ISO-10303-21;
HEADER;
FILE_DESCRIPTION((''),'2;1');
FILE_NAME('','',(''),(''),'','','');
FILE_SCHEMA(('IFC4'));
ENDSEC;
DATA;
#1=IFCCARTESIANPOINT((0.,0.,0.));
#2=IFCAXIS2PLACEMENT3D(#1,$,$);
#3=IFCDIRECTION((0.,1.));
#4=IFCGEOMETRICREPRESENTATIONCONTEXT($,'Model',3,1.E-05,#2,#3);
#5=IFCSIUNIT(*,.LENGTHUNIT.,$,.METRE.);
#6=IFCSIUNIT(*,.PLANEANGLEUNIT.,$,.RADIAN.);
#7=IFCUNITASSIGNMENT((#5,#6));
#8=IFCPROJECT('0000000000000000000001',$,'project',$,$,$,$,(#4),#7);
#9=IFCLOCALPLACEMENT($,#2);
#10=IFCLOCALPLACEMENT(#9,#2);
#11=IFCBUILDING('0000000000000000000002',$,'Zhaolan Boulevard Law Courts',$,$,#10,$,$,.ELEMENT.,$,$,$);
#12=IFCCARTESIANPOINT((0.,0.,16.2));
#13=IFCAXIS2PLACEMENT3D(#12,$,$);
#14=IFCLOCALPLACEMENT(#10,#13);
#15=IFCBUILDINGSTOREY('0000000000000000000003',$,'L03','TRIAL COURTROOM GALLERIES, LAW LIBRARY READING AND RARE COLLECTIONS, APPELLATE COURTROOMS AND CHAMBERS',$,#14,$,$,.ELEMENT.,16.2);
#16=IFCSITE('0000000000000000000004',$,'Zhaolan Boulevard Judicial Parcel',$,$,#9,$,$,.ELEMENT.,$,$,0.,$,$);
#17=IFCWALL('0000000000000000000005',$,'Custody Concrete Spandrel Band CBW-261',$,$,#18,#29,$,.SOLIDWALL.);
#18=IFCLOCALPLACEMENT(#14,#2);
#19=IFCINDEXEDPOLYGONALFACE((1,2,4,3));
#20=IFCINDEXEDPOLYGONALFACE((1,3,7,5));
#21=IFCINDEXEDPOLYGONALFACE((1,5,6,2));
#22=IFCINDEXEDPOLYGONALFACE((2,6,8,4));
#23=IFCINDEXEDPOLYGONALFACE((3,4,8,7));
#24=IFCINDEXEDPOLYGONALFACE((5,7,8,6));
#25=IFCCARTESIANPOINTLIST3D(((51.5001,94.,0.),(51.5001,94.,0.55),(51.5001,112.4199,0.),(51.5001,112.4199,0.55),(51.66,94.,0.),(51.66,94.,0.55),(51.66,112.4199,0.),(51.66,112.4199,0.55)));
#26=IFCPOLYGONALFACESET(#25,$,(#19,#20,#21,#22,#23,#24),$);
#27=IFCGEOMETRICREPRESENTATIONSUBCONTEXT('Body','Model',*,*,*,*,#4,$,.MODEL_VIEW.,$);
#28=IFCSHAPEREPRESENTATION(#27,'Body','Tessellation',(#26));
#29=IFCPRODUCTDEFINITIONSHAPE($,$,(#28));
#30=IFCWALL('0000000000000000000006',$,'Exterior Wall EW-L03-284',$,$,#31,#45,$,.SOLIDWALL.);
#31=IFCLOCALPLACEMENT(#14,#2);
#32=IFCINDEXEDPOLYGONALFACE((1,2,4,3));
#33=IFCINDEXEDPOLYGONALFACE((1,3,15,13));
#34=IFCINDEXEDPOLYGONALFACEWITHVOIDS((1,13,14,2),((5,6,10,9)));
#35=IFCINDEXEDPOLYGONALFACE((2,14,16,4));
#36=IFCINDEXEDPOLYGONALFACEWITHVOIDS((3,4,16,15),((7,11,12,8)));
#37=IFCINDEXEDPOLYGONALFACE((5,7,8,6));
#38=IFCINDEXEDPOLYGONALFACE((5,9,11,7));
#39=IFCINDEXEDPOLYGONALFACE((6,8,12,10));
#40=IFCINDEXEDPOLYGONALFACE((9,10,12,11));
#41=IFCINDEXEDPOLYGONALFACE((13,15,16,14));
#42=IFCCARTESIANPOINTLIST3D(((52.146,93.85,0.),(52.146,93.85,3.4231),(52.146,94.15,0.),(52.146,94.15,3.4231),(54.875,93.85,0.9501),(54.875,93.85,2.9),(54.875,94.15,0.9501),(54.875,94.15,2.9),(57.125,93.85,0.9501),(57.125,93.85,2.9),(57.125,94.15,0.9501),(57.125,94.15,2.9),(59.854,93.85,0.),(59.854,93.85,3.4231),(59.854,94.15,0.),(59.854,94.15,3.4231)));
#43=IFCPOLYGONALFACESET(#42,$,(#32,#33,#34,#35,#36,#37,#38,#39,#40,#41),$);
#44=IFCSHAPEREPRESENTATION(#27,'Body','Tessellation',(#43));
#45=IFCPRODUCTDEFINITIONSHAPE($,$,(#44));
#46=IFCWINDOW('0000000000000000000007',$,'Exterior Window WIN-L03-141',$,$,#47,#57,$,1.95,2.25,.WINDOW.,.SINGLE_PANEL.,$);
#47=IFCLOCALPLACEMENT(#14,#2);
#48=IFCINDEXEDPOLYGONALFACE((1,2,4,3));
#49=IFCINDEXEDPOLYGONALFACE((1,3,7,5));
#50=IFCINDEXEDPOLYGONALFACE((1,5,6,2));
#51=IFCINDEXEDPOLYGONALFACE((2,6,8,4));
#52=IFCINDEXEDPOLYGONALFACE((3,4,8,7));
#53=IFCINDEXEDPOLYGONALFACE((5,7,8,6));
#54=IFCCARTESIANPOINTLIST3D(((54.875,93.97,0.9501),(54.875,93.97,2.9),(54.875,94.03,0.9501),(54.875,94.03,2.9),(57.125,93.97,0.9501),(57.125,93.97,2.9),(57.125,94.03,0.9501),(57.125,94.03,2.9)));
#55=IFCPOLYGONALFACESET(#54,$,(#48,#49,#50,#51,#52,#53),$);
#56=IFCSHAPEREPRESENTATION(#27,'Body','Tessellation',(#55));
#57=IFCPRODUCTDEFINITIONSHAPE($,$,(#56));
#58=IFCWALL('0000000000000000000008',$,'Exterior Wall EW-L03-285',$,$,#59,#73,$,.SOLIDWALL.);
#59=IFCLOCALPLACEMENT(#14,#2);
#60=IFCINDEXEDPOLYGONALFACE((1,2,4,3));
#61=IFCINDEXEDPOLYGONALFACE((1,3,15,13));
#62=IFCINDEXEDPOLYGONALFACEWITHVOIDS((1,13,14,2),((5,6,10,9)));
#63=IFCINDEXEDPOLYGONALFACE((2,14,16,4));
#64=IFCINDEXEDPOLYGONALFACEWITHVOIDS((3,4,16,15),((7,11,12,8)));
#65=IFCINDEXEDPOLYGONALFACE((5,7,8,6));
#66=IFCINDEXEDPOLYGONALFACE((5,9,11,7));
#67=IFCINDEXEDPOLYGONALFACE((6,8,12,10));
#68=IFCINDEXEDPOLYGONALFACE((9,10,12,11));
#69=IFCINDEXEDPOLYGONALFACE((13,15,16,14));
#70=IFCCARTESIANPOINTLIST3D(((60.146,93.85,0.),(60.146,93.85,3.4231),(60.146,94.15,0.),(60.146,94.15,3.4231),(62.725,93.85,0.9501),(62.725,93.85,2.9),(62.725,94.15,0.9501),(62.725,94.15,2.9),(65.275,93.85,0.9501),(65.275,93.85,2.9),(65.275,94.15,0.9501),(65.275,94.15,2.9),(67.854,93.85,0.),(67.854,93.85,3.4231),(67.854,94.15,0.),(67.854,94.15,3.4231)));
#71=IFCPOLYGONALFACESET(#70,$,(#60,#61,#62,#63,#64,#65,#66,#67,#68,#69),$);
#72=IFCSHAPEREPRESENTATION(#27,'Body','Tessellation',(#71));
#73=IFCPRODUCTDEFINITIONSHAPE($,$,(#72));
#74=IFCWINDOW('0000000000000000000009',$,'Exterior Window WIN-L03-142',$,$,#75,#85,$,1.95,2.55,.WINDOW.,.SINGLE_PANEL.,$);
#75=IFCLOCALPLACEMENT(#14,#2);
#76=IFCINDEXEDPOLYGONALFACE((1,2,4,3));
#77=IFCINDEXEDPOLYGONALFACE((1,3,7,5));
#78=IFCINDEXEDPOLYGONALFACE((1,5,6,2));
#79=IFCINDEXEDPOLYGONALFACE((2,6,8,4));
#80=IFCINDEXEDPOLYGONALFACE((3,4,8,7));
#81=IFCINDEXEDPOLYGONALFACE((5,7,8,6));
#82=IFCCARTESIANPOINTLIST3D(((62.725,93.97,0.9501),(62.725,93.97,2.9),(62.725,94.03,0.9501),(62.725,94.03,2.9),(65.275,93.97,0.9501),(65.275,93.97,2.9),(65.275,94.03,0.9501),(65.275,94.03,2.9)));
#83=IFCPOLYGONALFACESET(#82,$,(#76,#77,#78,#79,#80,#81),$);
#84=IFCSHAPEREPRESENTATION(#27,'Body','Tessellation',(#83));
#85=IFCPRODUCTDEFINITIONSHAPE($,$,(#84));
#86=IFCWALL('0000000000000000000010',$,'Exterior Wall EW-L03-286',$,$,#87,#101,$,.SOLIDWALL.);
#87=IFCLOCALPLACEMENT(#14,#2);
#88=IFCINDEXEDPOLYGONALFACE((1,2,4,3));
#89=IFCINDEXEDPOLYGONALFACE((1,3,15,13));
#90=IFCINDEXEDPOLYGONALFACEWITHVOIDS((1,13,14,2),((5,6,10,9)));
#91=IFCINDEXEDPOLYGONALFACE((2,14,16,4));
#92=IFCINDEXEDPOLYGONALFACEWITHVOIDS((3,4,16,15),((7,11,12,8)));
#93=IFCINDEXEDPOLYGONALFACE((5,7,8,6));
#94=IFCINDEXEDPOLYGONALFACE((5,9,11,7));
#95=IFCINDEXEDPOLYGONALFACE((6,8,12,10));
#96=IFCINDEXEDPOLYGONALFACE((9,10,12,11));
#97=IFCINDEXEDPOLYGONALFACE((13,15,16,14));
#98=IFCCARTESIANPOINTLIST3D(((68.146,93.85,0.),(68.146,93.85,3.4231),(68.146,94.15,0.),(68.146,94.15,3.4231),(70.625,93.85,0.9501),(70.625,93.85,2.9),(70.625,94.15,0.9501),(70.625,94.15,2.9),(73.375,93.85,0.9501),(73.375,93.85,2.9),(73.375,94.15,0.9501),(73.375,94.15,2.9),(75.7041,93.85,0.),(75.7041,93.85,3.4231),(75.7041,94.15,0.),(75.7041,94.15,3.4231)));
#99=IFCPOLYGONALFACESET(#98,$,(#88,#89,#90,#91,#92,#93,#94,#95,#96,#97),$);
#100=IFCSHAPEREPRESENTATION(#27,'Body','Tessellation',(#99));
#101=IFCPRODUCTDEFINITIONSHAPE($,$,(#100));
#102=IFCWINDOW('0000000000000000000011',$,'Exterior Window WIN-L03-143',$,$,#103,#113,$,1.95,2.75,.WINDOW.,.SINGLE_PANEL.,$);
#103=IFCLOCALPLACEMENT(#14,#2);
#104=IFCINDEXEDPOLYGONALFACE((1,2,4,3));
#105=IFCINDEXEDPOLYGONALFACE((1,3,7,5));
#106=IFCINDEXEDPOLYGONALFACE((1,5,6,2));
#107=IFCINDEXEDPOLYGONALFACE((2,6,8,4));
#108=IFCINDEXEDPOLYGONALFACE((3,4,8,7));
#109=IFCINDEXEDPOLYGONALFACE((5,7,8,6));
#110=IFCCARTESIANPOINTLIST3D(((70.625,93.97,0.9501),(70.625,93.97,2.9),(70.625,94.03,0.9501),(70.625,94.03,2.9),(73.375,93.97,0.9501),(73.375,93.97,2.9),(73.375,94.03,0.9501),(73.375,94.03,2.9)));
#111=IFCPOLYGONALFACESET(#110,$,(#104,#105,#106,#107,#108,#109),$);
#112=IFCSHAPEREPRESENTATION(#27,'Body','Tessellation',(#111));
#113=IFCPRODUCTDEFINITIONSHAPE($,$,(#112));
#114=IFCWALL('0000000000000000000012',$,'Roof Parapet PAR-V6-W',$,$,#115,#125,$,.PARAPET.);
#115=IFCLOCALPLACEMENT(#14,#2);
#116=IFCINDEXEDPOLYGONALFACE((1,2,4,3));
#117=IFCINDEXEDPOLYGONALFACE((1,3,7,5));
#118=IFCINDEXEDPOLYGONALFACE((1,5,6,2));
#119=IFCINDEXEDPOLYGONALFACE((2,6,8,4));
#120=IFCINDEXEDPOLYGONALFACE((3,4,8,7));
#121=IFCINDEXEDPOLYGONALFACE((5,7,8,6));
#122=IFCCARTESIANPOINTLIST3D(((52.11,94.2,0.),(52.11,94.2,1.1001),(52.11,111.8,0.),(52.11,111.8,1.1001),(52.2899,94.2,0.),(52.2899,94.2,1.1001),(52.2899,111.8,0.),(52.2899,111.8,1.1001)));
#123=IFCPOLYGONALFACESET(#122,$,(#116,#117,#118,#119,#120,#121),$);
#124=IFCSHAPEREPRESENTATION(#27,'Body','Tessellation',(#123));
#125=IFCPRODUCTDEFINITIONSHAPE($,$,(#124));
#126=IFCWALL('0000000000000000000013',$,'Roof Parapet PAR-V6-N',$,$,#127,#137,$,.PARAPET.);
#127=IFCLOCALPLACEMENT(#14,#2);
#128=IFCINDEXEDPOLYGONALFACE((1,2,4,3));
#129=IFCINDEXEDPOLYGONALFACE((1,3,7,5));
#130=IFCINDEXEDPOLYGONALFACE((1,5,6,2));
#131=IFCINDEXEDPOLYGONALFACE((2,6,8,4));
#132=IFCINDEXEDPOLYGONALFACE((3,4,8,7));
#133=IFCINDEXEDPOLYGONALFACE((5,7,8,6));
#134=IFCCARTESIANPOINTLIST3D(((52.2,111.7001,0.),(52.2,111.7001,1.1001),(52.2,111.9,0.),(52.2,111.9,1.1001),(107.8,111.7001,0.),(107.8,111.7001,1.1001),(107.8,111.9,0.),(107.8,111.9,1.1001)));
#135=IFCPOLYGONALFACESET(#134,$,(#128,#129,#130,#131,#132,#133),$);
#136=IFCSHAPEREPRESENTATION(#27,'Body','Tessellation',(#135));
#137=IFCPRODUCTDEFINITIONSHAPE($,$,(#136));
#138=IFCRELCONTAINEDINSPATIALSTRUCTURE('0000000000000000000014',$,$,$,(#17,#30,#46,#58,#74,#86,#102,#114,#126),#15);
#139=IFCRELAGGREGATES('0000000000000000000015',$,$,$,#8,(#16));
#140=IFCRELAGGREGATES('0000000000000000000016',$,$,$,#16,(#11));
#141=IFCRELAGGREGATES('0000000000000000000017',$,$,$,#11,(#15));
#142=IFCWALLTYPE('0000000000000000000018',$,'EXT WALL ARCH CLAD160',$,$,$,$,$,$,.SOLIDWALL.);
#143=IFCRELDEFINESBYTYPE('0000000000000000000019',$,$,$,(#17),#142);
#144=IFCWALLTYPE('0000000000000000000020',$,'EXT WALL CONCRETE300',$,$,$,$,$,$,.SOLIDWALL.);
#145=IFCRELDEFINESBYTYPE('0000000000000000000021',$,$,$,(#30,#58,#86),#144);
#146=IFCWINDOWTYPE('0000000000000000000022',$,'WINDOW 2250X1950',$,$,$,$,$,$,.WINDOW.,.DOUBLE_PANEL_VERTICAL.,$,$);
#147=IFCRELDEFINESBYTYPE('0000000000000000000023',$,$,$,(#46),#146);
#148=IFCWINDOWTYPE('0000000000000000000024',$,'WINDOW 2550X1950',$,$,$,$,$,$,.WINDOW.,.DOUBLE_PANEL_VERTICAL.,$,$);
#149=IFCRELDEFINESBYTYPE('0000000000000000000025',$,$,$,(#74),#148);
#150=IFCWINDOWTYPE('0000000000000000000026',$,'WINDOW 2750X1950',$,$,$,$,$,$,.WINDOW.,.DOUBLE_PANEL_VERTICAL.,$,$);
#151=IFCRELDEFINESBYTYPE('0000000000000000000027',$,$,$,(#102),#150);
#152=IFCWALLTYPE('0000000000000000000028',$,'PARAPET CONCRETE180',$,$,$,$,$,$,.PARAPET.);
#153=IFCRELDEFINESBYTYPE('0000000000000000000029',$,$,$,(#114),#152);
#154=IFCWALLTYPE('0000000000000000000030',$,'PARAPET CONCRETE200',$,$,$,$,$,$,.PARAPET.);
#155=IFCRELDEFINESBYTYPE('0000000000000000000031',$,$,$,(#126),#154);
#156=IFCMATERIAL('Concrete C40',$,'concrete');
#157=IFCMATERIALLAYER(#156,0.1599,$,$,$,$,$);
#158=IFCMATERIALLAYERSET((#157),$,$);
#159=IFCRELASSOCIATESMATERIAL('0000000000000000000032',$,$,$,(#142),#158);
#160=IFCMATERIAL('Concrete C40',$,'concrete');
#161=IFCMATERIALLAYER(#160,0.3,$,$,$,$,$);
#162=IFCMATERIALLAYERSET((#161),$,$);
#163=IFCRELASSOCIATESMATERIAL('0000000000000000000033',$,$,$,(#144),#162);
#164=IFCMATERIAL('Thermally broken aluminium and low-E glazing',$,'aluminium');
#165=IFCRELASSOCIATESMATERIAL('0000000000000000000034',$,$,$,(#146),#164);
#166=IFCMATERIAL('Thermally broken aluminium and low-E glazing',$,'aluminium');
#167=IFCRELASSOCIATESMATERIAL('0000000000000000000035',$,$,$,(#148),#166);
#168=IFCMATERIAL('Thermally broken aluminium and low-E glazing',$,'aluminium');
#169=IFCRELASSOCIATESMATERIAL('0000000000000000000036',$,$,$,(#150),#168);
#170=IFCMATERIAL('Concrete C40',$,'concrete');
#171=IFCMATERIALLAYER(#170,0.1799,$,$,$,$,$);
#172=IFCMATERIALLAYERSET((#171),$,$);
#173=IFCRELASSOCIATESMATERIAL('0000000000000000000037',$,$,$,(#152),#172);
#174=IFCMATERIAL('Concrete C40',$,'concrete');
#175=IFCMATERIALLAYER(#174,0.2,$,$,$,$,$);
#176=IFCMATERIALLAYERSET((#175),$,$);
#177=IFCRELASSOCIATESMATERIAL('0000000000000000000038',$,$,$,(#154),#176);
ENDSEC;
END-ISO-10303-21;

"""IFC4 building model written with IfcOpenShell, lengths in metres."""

from ifc_helpers import new_model, si_unit, direction, frame, frame_2d, origin, place, context, subcontext, project, spatial, rectangle, extrude, material, layer, layer_set, type_object, element, fill, save


model = new_model("IFC4")

# Units and contexts
model_context = context("Model", 3, precision=1e-05, world=origin(), true_north=direction((0.0, 1.0)))
body_context = subcontext(model_context, "Body", "Model", "MODEL_VIEW")
ifc_project = project(units=[si_unit("LENGTHUNIT", "METRE"), si_unit("PLANEANGLEUNIT", "RADIAN")], contexts=[model_context])

# Site, building, storey
site_placement = place(None, origin())
site = spatial("IfcSite", under=ifc_project, at=site_placement, Name="Zhaolan Boulevard Judicial Parcel", CompositionType="ELEMENT", RefElevation=0.0)
building_placement = place(site_placement, origin())
building = spatial("IfcBuilding", under=site, at=building_placement, Name="Zhaolan Boulevard Law Courts", CompositionType="ELEMENT")
storey_placement = place(building_placement, frame((0.0, 0.0, 16.2)))
storey = spatial("IfcBuildingStorey", under=building, at=storey_placement, Name="L03", Description="TRIAL COURTROOM GALLERIES, LAW LIBRARY READING AND RARE COLLECTIONS, APPELLATE COURTROOMS AND CHAMBERS", CompositionType="ELEMENT", Elevation=16.2)

# Wall
ifc_material_1 = material(Name="Concrete C40", Category="concrete")
ifc_layer_1 = layer(ifc_material_1, 0.1599)
ifc_layer_set_1 = layer_set([ifc_layer_1])
wall_type_1 = type_object("IfcWallType", Name="EXT WALL ARCH CLAD160", PredefinedType="SOLIDWALL", material=ifc_layer_set_1)
wall_1_placement = place(storey_placement, frame((51.5801, 112.4199, 0.0), z_axis=(0.0, 0.0, 1.0), x_axis=(0.0, -1.0, 0.0)))
element("IfcWall", 1, at=wall_1_placement, inside=storey, type_object=wall_type_1, Name="Custody Concrete Spandrel Band CBW-261", PredefinedType="SOLIDWALL", context=body_context, shape_type="SweptSolid", body=[
    extrude(rectangle(XDim=18.4199, YDim=0.1599, at=frame_2d((9.21, 0.0))), origin(), (0.0, 0.0, 1.0), 0.55),
])

# Walls, openings, windows
ifc_material_2 = material(Name="Concrete C40", Category="concrete")
ifc_layer_2 = layer(ifc_material_2, 0.3)
ifc_layer_set_2 = layer_set([ifc_layer_2])
wall_type_2 = type_object("IfcWallType", Name="EXT WALL CONCRETE300", PredefinedType="SOLIDWALL", material=ifc_layer_set_2)
wall_2_placement = place(storey_placement, frame((59.854, 94.0, 0.0), z_axis=(0.0, 0.0, 1.0), x_axis=(-1.0, 0.0, 0.0)))
wall_2 = element("IfcWall", 2, at=wall_2_placement, inside=storey, type_object=wall_type_2, Name="Exterior Wall EW-L03-284", PredefinedType="SOLIDWALL", context=body_context, shape_type="SweptSolid", body=[
    extrude(rectangle(XDim=7.708, YDim=0.3, at=frame_2d((3.854, 0.0))), origin(), (0.0, 0.0, 1.0), 3.4231),
])
opening_1_placement = place(wall_2_placement, frame((2.729, 0.0, 0.95)))
opening_1 = element("IfcOpeningElement", 3, at=opening_1_placement, cuts=wall_2, PredefinedType="OPENING", context=body_context, shape_type="SweptSolid", body=[
    extrude(rectangle(XDim=2.25, YDim=1.95, at=frame_2d((1.125, 0.9751))), frame((0.0, 0.1599, 0.0), z_axis=(0.0, -1.0, 0.0), x_axis=(1.0, 0.0, 0.0)), (0.0, 0.0, 1.0), 0.3201),
])
ifc_material_3 = material(Name="Thermally broken aluminium and low-E glazing", Category="aluminium")
window_type_1 = type_object("IfcWindowType", Name="WINDOW 2250X1950", PartitioningType="DOUBLE_PANEL_VERTICAL", PredefinedType="WINDOW", material=ifc_material_3)
window_1_placement = place(opening_1_placement, origin())
window_1 = element("IfcWindow", 4, at=window_1_placement, inside=storey, type_object=window_type_1, Name="Exterior Window WIN-L03-141", OverallHeight=1.95, OverallWidth=2.25, PartitioningType="SINGLE_PANEL", PredefinedType="WINDOW", context=body_context, shape_type="SweptSolid", body=[
    extrude(rectangle(XDim=2.25, YDim=1.95, at=frame_2d((1.125, 0.9751))), frame((0.0, 0.03, 0.0), z_axis=(0.0, -1.0, 0.0), x_axis=(1.0, 0.0, 0.0)), (0.0, 0.0, 1.0), 0.0601),
])
fill(opening_1, window_1)
wall_3_placement = place(storey_placement, frame((67.854, 94.0, 0.0), z_axis=(0.0, 0.0, 1.0), x_axis=(-1.0, 0.0, 0.0)))
wall_3 = element("IfcWall", 5, at=wall_3_placement, inside=storey, type_object=wall_type_2, Name="Exterior Wall EW-L03-285", PredefinedType="SOLIDWALL", context=body_context, shape_type="SweptSolid", body=[
    extrude(rectangle(XDim=7.708, YDim=0.3, at=frame_2d((3.854, 0.0))), origin(), (0.0, 0.0, 1.0), 3.4231),
])
opening_2_placement = place(wall_3_placement, frame((2.5791, 0.0, 0.95)))
opening_2 = element("IfcOpeningElement", 6, at=opening_2_placement, cuts=wall_3, PredefinedType="OPENING", context=body_context, shape_type="SweptSolid", body=[
    extrude(rectangle(XDim=2.55, YDim=1.95, at=frame_2d((1.2749, 0.9751))), frame((0.0, 0.1599, 0.0), z_axis=(0.0, -1.0, 0.0), x_axis=(1.0, 0.0, 0.0)), (0.0, 0.0, 1.0), 0.3201),
])
ifc_material_4 = material(Name="Thermally broken aluminium and low-E glazing", Category="aluminium")
window_type_2 = type_object("IfcWindowType", Name="WINDOW 2550X1950", PartitioningType="DOUBLE_PANEL_VERTICAL", PredefinedType="WINDOW", material=ifc_material_4)
window_2_placement = place(opening_2_placement, origin())
window_2 = element("IfcWindow", 7, at=window_2_placement, inside=storey, type_object=window_type_2, Name="Exterior Window WIN-L03-142", OverallHeight=1.95, OverallWidth=2.55, PartitioningType="SINGLE_PANEL", PredefinedType="WINDOW", context=body_context, shape_type="SweptSolid", body=[
    extrude(rectangle(XDim=2.55, YDim=1.95, at=frame_2d((1.2749, 0.9751))), frame((0.0, 0.03, 0.0), z_axis=(0.0, -1.0, 0.0), x_axis=(1.0, 0.0, 0.0)), (0.0, 0.0, 1.0), 0.0601),
])
fill(opening_2, window_2)
wall_4_placement = place(storey_placement, frame((75.7041, 94.0, 0.0), z_axis=(0.0, 0.0, 1.0), x_axis=(-1.0, 0.0, 0.0)))
wall_4 = element("IfcWall", 8, at=wall_4_placement, inside=storey, type_object=wall_type_2, Name="Exterior Wall EW-L03-286", PredefinedType="SOLIDWALL", context=body_context, shape_type="SweptSolid", body=[
    extrude(rectangle(XDim=7.5581, YDim=0.3, at=frame_2d((3.7791, 0.0))), origin(), (0.0, 0.0, 1.0), 3.4231),
])
opening_3_placement = place(wall_4_placement, frame((2.3291, 0.0, 0.95)))
opening_3 = element("IfcOpeningElement", 9, at=opening_3_placement, cuts=wall_4, PredefinedType="OPENING", context=body_context, shape_type="SweptSolid", body=[
    extrude(rectangle(XDim=2.75, YDim=1.95, at=frame_2d((1.375, 0.9751))), frame((0.0, 0.1599, 0.0), z_axis=(0.0, -1.0, 0.0), x_axis=(1.0, 0.0, 0.0)), (0.0, 0.0, 1.0), 0.3201),
])
ifc_material_5 = material(Name="Thermally broken aluminium and low-E glazing", Category="aluminium")
window_type_3 = type_object("IfcWindowType", Name="WINDOW 2750X1950", PartitioningType="DOUBLE_PANEL_VERTICAL", PredefinedType="WINDOW", material=ifc_material_5)
window_3_placement = place(opening_3_placement, origin())
window_3 = element("IfcWindow", 10, at=window_3_placement, inside=storey, type_object=window_type_3, Name="Exterior Window WIN-L03-143", OverallHeight=1.95, OverallWidth=2.75, PartitioningType="SINGLE_PANEL", PredefinedType="WINDOW", context=body_context, shape_type="SweptSolid", body=[
    extrude(rectangle(XDim=2.75, YDim=1.95, at=frame_2d((1.375, 0.9751))), frame((0.0, 0.03, 0.0), z_axis=(0.0, -1.0, 0.0), x_axis=(1.0, 0.0, 0.0)), (0.0, 0.0, 1.0), 0.0601),
])
fill(opening_3, window_3)

# Walls
ifc_material_6 = material(Name="Concrete C40", Category="concrete")
ifc_layer_3 = layer(ifc_material_6, 0.1799)
ifc_layer_set_3 = layer_set([ifc_layer_3])
wall_type_3 = type_object("IfcWallType", Name="PARAPET CONCRETE180", PredefinedType="PARAPET", material=ifc_layer_set_3)
wall_5_placement = place(storey_placement, frame((52.2, 94.2, 0.0), z_axis=(0.0, 0.0, 1.0), x_axis=(0.0, 1.0, 0.0)))
element("IfcWall", 11, at=wall_5_placement, inside=storey, type_object=wall_type_3, Name="Roof Parapet PAR-V6-W", PredefinedType="PARAPET", context=body_context, shape_type="SweptSolid", body=[
    extrude(rectangle(XDim=17.6001, YDim=0.1799, at=frame_2d((8.8, 0.0))), origin(), (0.0, 0.0, 1.0), 1.1001),
])
ifc_material_7 = material(Name="Concrete C40", Category="concrete")
ifc_layer_4 = layer(ifc_material_7, 0.2)
ifc_layer_set_4 = layer_set([ifc_layer_4])
wall_type_4 = type_object("IfcWallType", Name="PARAPET CONCRETE200", PredefinedType="PARAPET", material=ifc_layer_set_4)
wall_6_placement = place(storey_placement, frame((52.2, 111.8, 0.0), z_axis=(0.0, 0.0, 1.0), x_axis=(1.0, 0.0, 0.0)))
element("IfcWall", 12, at=wall_6_placement, inside=storey, type_object=wall_type_4, Name="Roof Parapet PAR-V6-N", PredefinedType="PARAPET", context=body_context, shape_type="SweptSolid", body=[
    extrude(rectangle(XDim=55.6001, YDim=0.2, at=frame_2d((27.8, 0.0))), origin(), (0.0, 0.0, 1.0), 1.1001),
])

save(model, "model.ifc")
